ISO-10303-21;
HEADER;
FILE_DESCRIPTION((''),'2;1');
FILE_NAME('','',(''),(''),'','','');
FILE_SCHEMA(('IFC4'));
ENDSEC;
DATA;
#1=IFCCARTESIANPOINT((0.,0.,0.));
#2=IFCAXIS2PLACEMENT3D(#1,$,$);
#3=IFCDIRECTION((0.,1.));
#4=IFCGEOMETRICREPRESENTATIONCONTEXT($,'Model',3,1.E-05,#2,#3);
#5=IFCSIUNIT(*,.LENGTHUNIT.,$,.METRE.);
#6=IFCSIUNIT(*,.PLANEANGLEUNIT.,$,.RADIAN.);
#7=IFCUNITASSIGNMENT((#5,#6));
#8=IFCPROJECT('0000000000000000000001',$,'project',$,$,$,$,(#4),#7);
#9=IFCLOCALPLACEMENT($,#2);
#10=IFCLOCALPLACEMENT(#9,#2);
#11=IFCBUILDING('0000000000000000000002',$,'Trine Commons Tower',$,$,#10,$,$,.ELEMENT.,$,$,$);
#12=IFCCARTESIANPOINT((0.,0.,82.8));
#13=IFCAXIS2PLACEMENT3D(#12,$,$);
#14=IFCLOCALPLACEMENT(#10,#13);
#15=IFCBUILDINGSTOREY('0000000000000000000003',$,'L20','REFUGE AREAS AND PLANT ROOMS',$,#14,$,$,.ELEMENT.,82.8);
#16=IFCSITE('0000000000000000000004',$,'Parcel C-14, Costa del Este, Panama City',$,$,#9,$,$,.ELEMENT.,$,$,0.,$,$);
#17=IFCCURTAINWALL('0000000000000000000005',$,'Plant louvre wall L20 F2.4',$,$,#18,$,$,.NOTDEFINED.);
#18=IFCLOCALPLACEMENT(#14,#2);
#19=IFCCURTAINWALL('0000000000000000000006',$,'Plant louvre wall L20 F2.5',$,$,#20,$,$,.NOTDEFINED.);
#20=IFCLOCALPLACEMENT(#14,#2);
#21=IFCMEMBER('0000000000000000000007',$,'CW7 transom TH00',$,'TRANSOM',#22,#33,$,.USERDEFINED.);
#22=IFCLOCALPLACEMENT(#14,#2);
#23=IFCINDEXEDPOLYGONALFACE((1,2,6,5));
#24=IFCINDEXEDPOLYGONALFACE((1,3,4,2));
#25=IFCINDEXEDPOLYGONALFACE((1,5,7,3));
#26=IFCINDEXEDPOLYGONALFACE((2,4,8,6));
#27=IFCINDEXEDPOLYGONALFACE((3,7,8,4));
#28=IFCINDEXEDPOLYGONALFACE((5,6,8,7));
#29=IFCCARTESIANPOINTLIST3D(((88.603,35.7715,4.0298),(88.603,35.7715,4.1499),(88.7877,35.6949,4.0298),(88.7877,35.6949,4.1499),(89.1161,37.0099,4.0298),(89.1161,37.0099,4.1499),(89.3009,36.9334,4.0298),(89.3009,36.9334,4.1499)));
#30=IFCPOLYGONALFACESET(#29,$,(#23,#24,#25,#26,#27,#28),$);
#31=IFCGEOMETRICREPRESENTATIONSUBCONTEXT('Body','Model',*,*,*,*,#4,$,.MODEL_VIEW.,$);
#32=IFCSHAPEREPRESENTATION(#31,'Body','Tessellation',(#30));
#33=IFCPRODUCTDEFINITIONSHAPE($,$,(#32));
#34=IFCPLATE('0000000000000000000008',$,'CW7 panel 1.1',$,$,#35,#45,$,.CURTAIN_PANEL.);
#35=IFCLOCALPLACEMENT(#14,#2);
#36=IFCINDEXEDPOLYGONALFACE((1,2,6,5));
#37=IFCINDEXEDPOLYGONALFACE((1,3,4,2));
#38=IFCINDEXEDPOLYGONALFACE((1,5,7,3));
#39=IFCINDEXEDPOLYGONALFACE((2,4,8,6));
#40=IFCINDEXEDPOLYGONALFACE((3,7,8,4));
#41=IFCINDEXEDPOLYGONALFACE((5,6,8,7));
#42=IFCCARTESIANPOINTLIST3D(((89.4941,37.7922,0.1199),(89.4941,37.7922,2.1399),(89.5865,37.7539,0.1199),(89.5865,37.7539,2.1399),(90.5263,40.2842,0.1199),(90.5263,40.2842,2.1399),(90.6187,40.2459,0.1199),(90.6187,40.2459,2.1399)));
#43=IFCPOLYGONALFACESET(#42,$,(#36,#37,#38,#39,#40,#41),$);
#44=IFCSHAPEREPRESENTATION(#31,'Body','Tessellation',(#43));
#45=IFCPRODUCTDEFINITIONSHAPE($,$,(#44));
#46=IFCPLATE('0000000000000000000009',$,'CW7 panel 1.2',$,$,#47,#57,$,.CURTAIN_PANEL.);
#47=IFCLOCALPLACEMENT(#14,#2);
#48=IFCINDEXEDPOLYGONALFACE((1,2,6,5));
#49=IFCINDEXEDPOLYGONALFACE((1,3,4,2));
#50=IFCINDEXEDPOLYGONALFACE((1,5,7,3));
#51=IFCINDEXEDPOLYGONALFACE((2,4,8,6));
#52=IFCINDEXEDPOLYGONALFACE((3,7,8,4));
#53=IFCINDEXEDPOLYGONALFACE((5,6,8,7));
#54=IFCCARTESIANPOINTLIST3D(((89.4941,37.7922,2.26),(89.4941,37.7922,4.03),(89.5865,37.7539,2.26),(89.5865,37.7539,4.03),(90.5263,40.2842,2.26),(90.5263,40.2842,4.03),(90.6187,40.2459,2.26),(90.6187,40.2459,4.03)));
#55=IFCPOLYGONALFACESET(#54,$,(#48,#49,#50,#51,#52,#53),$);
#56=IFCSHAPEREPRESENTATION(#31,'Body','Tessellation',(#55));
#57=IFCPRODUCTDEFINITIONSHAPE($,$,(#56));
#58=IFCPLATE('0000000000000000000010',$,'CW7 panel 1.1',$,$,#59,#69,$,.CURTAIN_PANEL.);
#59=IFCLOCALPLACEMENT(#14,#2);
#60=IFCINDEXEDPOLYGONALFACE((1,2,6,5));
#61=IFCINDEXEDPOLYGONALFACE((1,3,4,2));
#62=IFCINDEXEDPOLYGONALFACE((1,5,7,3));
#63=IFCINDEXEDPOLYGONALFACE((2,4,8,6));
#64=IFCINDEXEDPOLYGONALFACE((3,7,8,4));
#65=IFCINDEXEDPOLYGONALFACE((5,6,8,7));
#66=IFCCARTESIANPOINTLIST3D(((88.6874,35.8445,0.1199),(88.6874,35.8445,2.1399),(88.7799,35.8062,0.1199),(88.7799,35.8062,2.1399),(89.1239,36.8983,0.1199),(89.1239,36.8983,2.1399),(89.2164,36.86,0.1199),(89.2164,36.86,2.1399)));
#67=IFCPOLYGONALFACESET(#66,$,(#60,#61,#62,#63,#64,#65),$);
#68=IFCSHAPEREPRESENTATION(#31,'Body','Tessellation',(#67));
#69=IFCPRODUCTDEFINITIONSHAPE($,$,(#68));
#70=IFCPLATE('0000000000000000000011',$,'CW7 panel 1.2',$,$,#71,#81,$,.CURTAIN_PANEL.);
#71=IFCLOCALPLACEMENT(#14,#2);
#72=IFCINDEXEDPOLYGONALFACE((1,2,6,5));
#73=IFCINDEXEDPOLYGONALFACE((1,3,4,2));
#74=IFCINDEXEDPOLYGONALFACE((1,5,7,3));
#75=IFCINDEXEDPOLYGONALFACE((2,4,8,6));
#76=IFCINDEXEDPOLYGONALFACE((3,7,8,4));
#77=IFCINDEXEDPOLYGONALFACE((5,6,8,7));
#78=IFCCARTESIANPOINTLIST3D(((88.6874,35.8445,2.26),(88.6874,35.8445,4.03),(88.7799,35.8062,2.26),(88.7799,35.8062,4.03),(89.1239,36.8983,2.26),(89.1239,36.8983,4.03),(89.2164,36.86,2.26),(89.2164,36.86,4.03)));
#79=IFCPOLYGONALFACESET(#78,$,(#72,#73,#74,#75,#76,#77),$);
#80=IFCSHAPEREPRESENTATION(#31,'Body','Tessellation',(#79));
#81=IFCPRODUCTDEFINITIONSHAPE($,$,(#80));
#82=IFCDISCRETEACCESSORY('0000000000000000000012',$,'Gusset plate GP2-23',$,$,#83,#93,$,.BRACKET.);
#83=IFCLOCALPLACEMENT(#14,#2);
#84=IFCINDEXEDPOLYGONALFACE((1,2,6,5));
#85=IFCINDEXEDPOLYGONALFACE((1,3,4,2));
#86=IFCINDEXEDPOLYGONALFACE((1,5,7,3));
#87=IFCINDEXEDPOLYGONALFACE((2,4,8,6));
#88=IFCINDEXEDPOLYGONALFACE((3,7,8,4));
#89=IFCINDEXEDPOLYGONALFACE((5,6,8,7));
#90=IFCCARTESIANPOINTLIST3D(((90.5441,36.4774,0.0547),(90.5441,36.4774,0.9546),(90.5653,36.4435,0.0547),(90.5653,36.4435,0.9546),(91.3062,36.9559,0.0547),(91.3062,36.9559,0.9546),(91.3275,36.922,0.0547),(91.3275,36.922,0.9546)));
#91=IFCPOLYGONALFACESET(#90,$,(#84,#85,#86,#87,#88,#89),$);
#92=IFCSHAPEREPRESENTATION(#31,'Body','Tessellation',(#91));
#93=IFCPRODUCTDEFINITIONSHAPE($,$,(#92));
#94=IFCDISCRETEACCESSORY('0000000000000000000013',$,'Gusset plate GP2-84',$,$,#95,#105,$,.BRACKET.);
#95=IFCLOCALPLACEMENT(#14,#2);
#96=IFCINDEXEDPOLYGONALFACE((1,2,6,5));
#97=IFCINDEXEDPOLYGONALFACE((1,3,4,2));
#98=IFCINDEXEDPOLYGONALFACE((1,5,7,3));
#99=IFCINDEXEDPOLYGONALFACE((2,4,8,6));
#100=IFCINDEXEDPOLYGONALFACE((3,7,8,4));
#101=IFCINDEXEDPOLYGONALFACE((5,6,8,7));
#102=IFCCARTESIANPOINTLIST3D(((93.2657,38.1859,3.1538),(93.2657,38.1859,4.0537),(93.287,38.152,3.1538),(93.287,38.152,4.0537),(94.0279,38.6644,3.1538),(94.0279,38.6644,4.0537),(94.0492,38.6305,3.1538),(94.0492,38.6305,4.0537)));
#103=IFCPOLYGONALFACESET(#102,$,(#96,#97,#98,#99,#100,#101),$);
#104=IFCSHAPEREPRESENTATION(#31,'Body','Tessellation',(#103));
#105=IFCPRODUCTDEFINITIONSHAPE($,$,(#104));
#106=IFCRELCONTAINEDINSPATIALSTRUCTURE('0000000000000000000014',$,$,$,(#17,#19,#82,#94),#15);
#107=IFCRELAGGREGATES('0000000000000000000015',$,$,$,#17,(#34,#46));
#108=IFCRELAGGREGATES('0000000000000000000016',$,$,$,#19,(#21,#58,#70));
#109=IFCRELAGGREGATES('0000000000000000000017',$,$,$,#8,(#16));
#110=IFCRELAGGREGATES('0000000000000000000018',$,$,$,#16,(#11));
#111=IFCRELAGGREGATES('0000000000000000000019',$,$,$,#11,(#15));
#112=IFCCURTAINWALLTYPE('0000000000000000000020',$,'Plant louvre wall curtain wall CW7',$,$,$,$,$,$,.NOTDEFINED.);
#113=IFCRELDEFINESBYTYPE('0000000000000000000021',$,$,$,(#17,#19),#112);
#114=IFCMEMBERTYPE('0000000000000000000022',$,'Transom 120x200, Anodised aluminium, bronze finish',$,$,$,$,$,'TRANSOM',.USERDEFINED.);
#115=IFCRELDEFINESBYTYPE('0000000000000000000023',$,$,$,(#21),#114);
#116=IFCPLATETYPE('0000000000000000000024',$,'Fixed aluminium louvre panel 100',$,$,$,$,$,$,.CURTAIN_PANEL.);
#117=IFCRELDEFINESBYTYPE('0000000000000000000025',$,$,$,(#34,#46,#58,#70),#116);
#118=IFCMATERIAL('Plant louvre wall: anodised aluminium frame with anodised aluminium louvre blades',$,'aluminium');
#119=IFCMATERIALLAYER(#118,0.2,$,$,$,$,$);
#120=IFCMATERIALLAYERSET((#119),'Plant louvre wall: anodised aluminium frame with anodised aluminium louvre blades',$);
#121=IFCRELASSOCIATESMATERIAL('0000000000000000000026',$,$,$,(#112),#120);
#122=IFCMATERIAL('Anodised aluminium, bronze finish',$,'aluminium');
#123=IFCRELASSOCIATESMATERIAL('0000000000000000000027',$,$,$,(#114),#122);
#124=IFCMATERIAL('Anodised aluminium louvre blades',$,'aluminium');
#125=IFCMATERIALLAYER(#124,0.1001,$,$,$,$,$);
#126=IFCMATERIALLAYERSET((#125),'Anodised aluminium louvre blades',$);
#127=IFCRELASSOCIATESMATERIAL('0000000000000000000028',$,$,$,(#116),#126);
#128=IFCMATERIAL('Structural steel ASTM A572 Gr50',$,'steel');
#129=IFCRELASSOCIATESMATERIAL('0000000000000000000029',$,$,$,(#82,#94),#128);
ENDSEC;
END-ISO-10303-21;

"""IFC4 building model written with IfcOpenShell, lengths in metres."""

from ifc_helpers import new_model, si_unit, direction, frame, origin, origin_2d, place, context, subcontext, project, spatial, rectangle, extrude, material, layer, layer_set, material_profile, profile_set, type_object, element, aggregate, save


model = new_model("IFC4")

# Units and contexts
model_context = context("Model", 3, precision=1e-05, world=origin(), true_north=direction((0.0, 1.0)))
body_context = subcontext(model_context, "Body", "Model", "MODEL_VIEW")
ifc_project = project(units=[si_unit("LENGTHUNIT", "METRE"), si_unit("PLANEANGLEUNIT", "RADIAN")], contexts=[model_context])

# Site, building, storey
site_placement = place(None, origin())
site = spatial("IfcSite", under=ifc_project, at=site_placement, Name="Parcel C-14, Costa del Este, Panama City", CompositionType="ELEMENT", RefElevation=0.0)
building_placement = place(site_placement, origin())
building = spatial("IfcBuilding", under=site, at=building_placement, Name="Trine Commons Tower", CompositionType="ELEMENT")
storey_placement = place(building_placement, frame((0.0, 0.0, 82.8)))
storey = spatial("IfcBuildingStorey", under=building, at=storey_placement, Name="L20", Description="REFUGE AREAS AND PLANT ROOMS", CompositionType="ELEMENT", Elevation=82.8)

# Curtain walls
ifc_material_1 = material(Name="Plant louvre wall: anodised aluminium frame with anodised aluminium louvre blades", Category="aluminium")
ifc_layer_1 = layer(ifc_material_1, 0.2)
ifc_layer_set_1 = layer_set([ifc_layer_1], Name="Plant louvre wall: anodised aluminium frame with anodised aluminium louvre blades")
curtain_wall_type = type_object("IfcCurtainWallType", Name="Plant louvre wall curtain wall CW7", PredefinedType="NOTDEFINED", material=ifc_layer_set_1)
curtain_wall_1_placement = place(storey_placement, origin())
curtain_wall_1 = element("IfcCurtainWall", 1, at=curtain_wall_1_placement, inside=storey, type_object=curtain_wall_type, Name="Plant louvre wall L20 F2.4", PredefinedType="NOTDEFINED")
ifc_material_2 = material(Name="Anodised aluminium, bronze finish", Category="aluminium")
curtain_wall_2_placement = place(storey_placement, origin())
curtain_wall_2 = element("IfcCurtainWall", 2, at=curtain_wall_2_placement, inside=storey, type_object=curtain_wall_type, Name="Plant louvre wall L20 F2.5", PredefinedType="NOTDEFINED")

# Member
ifc_material_profile_1 = material_profile(ifc_material_2, rectangle(XDim=0.2, YDim=0.1201, at=origin_2d()), Name="Transom 120x200")
ifc_profile_set_1 = profile_set([ifc_material_profile_1], Name="Anodised aluminium, bronze finish")
member_type_1 = type_object("IfcMemberType", Name="Transom 120x200, Anodised aluminium, bronze finish", ElementType="TRANSOM", PredefinedType="USERDEFINED", material=ifc_profile_set_1)
member_1_placement = place(storey_placement, frame((89.2085, 36.9717, 4.0898), z_axis=(-0.382791, -0.923835, 0.0), x_axis=(0.923835, -0.382791, 0.0)))
member_1 = element("IfcMember", 3, at=member_1_placement, type_object=member_type_1, Name="CW7 transom TH00", ObjectType="TRANSOM", PredefinedType="USERDEFINED", context=body_context, shape_type="SweptSolid", body=[
    extrude(rectangle(XDim=0.2, YDim=0.1201, at=origin_2d()), origin(), (0.0, 0.0, 1.0), 1.3406),
])

# Plates
ifc_material_3 = material(Name="Anodised aluminium louvre blades", Category="aluminium")
ifc_layer_2 = layer(ifc_material_3, 0.1001)
ifc_layer_set_2 = layer_set([ifc_layer_2], Name="Anodised aluminium louvre blades")
plate_type = type_object("IfcPlateType", Name="Fixed aluminium louvre panel 100", PredefinedType="CURTAIN_PANEL", material=ifc_layer_set_2)
plate_1_placement = place(storey_placement, frame((90.0564, 39.019, 0.1199), z_axis=(0.0, 0.0, 1.0), x_axis=(-0.382683, -0.92388, 0.0)))
plate_1 = element("IfcPlate", 4, at=plate_1_placement, type_object=plate_type, Name="CW7 panel 1.1", PredefinedType="CURTAIN_PANEL", context=body_context, shape_type="SweptSolid", body=[
    extrude(rectangle(XDim=2.6973, YDim=0.1001, at=origin_2d()), origin(), (0.0, 0.0, 1.0), 2.02),
])
plate_2_placement = place(storey_placement, frame((90.0564, 39.019, 2.26), z_axis=(0.0, 0.0, 1.0), x_axis=(-0.382683, -0.92388, 0.0)))
plate_2 = element("IfcPlate", 5, at=plate_2_placement, type_object=plate_type, Name="CW7 panel 1.2", PredefinedType="CURTAIN_PANEL", context=body_context, shape_type="SweptSolid", body=[
    extrude(rectangle(XDim=2.6973, YDim=0.1001, at=origin_2d()), origin(), (0.0, 0.0, 1.0), 1.77),
])
aggregate(curtain_wall_1, [plate_1, plate_2])
plate_3_placement = place(storey_placement, frame((88.9519, 36.3523, 0.1199), z_axis=(0.0, 0.0, 1.0), x_axis=(-0.382683, -0.92388, 0.0)))
plate_3 = element("IfcPlate", 6, at=plate_3_placement, type_object=plate_type, Name="CW7 panel 1.1", PredefinedType="CURTAIN_PANEL", context=body_context, shape_type="SweptSolid", body=[
    extrude(rectangle(XDim=1.1406, YDim=0.1001, at=origin_2d()), origin(), (0.0, 0.0, 1.0), 2.02),
])
plate_4_placement = place(storey_placement, frame((88.9519, 36.3523, 2.26), z_axis=(0.0, 0.0, 1.0), x_axis=(-0.382683, -0.92388, 0.0)))
plate_4 = element("IfcPlate", 7, at=plate_4_placement, type_object=plate_type, Name="CW7 panel 1.2", PredefinedType="CURTAIN_PANEL", context=body_context, shape_type="SweptSolid", body=[
    extrude(rectangle(XDim=1.1406, YDim=0.1001, at=origin_2d()), origin(), (0.0, 0.0, 1.0), 1.77),
])
aggregate(curtain_wall_2, [member_1, plate_3, plate_4])

# Discrete accessories
ifc_material_4 = material(Name="Structural steel ASTM A572 Gr50", Category="steel")
for number, where, z_axis, x_axis, name in (
    (8, (90.9358, 36.6997, 0.0547), (0.0, 0.0, 1.0), (0.846964, 0.53165, 0.0), "Gusset plate GP2-23"),
    (9, (93.6575, 38.4082, 3.1538), (0.0, 0.0, 1.0), (0.846964, 0.53165, 0.0), "Gusset plate GP2-84"),
):
    element("IfcDiscreteAccessory", number, at=place(storey_placement, frame(where, z_axis=z_axis, x_axis=x_axis)), inside=storey, material=ifc_material_4, Name=name, PredefinedType="BRACKET", context=body_context, shape_type="SweptSolid", body=[
        extrude(rectangle(XDim=0.8999, YDim=0.04, at=origin_2d()), origin(), (0.0, 0.0, 1.0), 0.8999),
    ])

save(model, "model.ifc")
